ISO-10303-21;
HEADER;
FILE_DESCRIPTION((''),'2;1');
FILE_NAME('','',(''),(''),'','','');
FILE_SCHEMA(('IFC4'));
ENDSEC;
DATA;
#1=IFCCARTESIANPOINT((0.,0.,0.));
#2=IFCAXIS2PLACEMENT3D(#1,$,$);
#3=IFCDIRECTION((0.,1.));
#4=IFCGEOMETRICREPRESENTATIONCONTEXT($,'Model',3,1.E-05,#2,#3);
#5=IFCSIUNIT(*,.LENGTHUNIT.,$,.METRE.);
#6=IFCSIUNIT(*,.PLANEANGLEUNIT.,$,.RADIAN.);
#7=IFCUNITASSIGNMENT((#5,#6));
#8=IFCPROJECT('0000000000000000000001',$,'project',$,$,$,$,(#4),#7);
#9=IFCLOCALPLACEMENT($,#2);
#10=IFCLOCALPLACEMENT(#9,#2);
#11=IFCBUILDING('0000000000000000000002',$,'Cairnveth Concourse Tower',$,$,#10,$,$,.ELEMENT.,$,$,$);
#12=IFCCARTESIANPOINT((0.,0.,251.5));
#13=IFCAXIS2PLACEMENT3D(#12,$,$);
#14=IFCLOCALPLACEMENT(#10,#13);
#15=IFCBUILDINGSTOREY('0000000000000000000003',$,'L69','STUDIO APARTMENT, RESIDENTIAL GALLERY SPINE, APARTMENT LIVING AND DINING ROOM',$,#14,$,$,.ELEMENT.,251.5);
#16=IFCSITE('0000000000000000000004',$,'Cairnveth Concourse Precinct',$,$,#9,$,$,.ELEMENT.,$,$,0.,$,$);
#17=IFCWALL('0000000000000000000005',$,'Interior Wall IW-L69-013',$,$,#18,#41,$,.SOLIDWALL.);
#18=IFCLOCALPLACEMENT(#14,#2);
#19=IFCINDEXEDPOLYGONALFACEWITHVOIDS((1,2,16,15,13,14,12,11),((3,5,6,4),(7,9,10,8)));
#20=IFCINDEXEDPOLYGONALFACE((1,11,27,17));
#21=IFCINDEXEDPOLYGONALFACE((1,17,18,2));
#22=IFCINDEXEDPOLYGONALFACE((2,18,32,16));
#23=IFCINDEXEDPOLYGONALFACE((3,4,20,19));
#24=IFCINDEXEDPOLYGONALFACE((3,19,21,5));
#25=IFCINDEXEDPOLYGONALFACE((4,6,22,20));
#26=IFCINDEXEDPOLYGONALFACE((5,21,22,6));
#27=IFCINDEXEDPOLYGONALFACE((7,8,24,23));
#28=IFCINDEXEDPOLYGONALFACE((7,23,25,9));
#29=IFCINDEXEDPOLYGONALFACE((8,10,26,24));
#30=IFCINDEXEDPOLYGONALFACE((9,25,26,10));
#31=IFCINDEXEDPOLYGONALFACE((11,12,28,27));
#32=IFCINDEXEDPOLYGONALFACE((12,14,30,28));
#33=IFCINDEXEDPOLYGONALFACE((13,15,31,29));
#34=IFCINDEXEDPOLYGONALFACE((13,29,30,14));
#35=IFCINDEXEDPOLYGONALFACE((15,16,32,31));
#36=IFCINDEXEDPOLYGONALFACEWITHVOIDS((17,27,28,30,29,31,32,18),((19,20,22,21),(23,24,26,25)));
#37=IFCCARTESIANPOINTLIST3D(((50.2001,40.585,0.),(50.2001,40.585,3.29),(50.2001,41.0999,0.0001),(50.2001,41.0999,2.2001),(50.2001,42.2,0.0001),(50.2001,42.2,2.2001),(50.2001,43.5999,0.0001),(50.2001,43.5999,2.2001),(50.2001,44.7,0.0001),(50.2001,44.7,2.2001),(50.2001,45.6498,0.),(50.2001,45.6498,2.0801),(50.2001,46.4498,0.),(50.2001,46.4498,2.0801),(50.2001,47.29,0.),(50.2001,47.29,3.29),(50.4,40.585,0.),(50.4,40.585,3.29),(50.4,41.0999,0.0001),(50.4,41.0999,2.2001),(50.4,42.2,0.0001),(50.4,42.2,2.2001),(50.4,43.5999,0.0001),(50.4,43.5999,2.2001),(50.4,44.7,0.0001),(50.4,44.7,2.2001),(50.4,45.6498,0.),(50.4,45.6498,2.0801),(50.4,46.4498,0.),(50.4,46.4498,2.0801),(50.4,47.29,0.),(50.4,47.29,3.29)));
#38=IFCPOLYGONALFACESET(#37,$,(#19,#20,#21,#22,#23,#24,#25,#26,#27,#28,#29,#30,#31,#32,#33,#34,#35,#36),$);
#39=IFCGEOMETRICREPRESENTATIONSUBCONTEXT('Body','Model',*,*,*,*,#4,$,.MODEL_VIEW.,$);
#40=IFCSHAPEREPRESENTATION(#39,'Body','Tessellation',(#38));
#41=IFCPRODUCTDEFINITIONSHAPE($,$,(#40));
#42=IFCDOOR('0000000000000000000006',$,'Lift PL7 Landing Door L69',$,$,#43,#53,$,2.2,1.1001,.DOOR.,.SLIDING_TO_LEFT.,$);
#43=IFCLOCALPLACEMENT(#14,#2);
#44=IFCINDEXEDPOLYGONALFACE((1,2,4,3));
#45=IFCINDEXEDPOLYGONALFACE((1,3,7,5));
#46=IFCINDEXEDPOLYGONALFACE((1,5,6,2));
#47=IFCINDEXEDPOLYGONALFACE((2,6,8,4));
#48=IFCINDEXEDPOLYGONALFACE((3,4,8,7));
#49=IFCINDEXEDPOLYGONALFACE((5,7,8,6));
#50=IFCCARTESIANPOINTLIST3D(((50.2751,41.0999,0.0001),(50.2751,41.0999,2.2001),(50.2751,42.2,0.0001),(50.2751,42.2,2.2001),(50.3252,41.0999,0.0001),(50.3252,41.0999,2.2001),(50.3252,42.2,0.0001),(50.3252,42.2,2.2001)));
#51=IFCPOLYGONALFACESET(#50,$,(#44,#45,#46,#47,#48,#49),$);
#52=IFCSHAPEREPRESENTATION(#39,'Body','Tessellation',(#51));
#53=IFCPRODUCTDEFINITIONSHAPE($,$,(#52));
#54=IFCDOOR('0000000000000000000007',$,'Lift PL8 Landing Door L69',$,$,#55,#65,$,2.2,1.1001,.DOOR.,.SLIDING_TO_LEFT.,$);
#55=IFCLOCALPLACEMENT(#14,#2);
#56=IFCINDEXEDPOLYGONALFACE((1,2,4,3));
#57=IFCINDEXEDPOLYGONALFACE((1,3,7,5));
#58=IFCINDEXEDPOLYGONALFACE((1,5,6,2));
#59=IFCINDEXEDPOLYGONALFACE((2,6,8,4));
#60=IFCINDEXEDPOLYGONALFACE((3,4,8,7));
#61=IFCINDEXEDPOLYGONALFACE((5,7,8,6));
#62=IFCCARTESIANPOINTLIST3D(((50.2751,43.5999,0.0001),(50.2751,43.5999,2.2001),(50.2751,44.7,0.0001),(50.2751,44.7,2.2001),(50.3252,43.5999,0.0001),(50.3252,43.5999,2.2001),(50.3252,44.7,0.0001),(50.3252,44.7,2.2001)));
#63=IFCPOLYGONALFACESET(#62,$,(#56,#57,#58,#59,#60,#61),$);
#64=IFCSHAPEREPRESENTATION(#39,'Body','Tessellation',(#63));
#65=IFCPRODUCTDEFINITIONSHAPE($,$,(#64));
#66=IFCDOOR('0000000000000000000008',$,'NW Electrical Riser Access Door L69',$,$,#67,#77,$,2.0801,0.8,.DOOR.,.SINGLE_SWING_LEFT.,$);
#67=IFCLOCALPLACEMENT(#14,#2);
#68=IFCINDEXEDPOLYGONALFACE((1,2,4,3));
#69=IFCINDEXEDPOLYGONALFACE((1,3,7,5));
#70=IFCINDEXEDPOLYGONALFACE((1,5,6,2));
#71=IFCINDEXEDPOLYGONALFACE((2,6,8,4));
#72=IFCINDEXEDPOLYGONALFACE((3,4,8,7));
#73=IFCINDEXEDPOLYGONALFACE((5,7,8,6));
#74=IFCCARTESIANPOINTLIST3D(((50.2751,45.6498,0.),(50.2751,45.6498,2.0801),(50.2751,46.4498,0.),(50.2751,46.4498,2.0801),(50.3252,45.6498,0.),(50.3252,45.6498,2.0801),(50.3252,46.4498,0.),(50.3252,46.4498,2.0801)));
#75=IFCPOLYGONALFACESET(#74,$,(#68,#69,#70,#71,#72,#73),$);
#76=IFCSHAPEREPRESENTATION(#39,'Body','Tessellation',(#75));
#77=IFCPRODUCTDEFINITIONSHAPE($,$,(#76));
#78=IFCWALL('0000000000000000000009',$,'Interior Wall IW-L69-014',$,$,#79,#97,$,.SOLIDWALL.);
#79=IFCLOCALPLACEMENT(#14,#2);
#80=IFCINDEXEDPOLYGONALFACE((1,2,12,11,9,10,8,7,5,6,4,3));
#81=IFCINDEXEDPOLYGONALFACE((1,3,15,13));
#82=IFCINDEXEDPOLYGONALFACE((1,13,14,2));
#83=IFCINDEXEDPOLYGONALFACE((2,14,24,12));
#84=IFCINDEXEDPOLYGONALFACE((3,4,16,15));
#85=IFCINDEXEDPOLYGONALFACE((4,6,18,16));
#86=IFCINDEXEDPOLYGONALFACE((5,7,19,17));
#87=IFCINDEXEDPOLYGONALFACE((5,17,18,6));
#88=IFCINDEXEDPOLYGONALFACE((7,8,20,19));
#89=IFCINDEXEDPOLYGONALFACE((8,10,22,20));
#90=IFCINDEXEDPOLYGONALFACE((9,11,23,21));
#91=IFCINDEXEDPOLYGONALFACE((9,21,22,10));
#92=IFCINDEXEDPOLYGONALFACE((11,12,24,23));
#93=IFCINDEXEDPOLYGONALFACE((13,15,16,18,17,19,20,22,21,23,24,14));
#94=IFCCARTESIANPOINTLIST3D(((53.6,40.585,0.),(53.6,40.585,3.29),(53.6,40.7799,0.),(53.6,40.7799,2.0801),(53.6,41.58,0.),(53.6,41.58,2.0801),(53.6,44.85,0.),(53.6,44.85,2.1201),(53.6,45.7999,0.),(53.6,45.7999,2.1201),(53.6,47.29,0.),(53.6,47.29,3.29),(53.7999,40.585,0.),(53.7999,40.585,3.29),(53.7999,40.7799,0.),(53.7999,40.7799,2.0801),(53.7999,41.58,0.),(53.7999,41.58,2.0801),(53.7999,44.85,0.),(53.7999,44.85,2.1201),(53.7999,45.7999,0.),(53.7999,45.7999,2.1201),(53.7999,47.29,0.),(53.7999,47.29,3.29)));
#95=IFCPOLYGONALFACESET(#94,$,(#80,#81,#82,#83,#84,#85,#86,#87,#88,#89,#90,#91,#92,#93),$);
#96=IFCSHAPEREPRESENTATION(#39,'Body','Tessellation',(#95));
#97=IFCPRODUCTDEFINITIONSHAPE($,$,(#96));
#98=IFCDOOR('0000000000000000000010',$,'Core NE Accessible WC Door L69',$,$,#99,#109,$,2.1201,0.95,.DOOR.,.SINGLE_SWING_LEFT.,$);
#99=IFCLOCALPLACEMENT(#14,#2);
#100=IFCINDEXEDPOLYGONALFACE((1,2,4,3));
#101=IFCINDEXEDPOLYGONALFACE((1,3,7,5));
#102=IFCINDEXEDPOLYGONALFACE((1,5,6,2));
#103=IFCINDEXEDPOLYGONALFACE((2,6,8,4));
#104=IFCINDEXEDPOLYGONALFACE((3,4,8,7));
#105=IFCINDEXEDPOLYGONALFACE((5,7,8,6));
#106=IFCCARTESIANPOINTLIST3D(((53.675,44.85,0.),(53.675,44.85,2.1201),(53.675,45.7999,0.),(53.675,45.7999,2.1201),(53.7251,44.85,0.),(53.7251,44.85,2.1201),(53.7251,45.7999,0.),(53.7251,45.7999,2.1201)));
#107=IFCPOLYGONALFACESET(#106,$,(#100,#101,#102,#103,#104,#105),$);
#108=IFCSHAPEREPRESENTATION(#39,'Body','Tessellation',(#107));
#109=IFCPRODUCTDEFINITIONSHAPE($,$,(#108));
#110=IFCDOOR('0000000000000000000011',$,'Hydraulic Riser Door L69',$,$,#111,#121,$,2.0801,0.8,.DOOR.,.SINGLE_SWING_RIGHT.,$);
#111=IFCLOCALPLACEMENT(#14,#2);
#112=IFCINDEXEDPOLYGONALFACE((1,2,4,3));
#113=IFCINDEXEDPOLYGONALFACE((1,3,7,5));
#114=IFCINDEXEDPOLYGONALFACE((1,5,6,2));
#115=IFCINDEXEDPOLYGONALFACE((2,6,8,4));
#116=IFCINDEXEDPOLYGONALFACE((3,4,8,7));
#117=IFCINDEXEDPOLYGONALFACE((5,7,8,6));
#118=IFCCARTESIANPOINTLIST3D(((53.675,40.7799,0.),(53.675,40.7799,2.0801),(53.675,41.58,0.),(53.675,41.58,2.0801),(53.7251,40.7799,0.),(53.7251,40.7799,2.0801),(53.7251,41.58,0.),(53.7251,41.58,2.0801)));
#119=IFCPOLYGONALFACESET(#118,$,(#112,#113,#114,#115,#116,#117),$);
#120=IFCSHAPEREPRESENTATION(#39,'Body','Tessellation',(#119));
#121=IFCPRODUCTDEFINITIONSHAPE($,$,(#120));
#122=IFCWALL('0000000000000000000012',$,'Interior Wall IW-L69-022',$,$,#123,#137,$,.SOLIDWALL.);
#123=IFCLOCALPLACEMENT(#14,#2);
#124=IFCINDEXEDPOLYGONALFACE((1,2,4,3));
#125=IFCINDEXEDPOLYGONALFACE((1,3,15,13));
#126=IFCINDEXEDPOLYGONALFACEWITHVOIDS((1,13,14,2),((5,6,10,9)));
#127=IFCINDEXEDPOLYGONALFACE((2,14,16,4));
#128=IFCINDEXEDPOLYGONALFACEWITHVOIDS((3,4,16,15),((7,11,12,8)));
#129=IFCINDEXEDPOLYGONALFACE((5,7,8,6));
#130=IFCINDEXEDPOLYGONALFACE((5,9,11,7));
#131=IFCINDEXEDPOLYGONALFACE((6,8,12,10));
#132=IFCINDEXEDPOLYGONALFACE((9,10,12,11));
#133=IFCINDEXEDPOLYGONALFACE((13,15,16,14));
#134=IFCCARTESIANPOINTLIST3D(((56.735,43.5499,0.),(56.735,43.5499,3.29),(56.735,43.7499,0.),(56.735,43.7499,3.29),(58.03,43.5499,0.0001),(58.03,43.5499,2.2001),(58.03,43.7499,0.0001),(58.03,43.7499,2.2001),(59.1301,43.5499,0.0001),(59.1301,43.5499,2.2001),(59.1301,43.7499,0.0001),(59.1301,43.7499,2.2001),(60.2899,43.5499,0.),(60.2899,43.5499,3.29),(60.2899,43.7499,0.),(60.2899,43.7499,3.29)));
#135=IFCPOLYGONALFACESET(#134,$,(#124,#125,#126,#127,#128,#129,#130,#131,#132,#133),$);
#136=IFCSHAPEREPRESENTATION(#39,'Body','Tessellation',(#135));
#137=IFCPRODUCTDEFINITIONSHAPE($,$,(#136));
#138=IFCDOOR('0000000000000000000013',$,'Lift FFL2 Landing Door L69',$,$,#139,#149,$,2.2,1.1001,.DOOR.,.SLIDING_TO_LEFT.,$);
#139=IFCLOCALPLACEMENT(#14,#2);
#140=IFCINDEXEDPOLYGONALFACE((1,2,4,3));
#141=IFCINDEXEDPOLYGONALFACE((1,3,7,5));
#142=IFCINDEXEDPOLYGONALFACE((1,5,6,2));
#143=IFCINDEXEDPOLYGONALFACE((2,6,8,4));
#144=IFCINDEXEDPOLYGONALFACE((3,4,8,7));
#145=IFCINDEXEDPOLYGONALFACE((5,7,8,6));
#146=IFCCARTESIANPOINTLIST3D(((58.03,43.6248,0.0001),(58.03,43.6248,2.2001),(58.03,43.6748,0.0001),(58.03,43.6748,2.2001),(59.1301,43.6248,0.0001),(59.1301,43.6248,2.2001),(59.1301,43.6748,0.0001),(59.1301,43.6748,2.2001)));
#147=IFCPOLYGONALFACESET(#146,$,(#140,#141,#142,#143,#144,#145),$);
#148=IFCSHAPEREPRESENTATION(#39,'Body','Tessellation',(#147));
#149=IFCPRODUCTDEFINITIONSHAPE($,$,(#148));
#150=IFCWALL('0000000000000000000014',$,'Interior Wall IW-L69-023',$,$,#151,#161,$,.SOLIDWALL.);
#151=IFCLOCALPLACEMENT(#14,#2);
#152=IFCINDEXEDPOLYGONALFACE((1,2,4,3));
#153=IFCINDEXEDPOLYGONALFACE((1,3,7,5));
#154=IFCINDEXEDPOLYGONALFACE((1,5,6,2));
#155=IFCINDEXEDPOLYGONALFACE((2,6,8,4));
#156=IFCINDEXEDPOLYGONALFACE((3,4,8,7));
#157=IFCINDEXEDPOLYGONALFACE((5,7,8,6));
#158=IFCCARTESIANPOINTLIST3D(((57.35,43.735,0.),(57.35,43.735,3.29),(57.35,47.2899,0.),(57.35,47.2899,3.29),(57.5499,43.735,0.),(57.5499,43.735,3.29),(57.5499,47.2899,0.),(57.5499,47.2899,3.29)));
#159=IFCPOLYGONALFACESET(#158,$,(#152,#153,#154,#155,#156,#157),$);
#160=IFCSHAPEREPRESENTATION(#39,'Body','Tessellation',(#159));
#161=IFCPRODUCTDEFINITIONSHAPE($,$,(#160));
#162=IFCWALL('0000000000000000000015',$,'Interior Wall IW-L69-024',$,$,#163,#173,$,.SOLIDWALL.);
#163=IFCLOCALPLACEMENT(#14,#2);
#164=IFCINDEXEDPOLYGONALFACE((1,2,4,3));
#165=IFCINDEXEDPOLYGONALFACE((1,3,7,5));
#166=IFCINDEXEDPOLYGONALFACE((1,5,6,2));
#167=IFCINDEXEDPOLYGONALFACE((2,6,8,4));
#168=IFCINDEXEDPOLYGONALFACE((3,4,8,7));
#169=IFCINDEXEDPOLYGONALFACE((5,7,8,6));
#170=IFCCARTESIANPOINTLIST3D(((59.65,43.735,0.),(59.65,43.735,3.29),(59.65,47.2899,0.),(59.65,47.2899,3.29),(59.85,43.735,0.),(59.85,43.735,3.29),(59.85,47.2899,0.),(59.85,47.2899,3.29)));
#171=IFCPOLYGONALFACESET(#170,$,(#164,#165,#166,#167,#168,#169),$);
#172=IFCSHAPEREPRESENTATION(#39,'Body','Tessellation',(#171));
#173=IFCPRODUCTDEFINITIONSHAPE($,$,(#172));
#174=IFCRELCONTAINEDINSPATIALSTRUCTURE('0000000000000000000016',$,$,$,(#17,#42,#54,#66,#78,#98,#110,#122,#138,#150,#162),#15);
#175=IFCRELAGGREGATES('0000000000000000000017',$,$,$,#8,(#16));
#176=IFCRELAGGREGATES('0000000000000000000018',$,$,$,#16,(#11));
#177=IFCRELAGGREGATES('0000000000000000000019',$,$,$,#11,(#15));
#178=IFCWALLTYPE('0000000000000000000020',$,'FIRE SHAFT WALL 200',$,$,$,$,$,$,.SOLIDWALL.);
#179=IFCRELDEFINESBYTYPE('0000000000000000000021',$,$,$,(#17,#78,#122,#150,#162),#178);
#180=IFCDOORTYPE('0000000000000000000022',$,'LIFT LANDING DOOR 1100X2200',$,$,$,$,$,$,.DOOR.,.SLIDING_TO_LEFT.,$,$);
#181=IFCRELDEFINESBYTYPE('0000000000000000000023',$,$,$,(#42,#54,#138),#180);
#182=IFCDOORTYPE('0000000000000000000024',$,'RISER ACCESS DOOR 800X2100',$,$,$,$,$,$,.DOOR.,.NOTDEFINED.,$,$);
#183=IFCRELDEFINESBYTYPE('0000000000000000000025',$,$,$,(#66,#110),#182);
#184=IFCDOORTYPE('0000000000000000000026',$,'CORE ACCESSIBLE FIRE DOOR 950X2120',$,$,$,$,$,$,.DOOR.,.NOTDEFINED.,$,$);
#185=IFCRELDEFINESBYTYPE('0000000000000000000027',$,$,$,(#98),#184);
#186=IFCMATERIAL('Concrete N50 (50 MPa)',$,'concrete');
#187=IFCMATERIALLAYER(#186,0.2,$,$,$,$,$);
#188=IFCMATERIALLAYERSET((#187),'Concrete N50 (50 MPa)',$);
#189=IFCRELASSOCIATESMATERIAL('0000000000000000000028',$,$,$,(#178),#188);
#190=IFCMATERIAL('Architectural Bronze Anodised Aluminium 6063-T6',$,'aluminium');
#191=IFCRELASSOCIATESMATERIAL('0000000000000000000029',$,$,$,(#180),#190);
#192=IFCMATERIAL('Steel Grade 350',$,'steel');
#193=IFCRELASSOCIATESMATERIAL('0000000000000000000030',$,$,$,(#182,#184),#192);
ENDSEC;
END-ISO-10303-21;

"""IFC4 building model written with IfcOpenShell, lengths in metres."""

from ifc_helpers import new_model, si_unit, direction, frame, frame_2d, origin, place, context, subcontext, project, spatial, rectangle, extrude, material, layer, layer_set, type_object, element, fill, save


model = new_model("IFC4")

# Units and contexts
model_context = context("Model", 3, precision=1e-05, world=origin(), true_north=direction((0.0, 1.0)))
body_context = subcontext(model_context, "Body", "Model", "MODEL_VIEW")
ifc_project = project(units=[si_unit("LENGTHUNIT", "METRE"), si_unit("PLANEANGLEUNIT", "RADIAN")], contexts=[model_context])

# Site, building, storey
site_placement = place(None, origin())
site = spatial("IfcSite", under=ifc_project, at=site_placement, Name="Cairnveth Concourse Precinct", CompositionType="ELEMENT", RefElevation=0.0)
building_placement = place(site_placement, origin())
building = spatial("IfcBuilding", under=site, at=building_placement, Name="Cairnveth Concourse Tower", CompositionType="ELEMENT")
storey_placement = place(building_placement, frame((0.0, 0.0, 251.5)))
storey = spatial("IfcBuildingStorey", under=building, at=storey_placement, Name="L69", Description="STUDIO APARTMENT, RESIDENTIAL GALLERY SPINE, APARTMENT LIVING AND DINING ROOM", CompositionType="ELEMENT", Elevation=251.5)

# Shared definitions
ifc_material_1 = material(Name="Steel Grade 350", Category="steel")

# Shared definitions
ifc_material_2 = material(Name="Concrete N50 (50 MPa)", Category="concrete")
ifc_layer_1 = layer(ifc_material_2, 0.2)
ifc_layer_set_1 = layer_set([ifc_layer_1], Name="Concrete N50 (50 MPa)")
wall_type_1 = type_object("IfcWallType", Name="FIRE SHAFT WALL 200", PredefinedType="SOLIDWALL", material=ifc_layer_set_1)

# Walls, openings, doors
wall_1_placement = place(storey_placement, frame((50.3, 40.585, 0.0), z_axis=(0.0, 0.0, 1.0), x_axis=(0.0, 1.0, 0.0)))
wall_1 = element("IfcWall", 1, at=wall_1_placement, inside=storey, type_object=wall_type_1, Name="Interior Wall IW-L69-013", PredefinedType="SOLIDWALL", context=body_context, shape_type="SweptSolid", body=[
    extrude(rectangle(XDim=6.7051, YDim=0.2, at=frame_2d((3.3525, 0.0))), origin(), (0.0, 0.0, 1.0), 3.29),
])
opening_1_placement = place(wall_1_placement, frame((0.5149, 0.0, 0.0)))
opening_1 = element("IfcOpeningElement", 2, at=opening_1_placement, cuts=wall_1, PredefinedType="OPENING", context=body_context, shape_type="SweptSolid", body=[
    extrude(rectangle(XDim=1.1001, YDim=2.2, at=frame_2d((0.55, 1.1001))), frame((0.0, 0.1099, 0.0), z_axis=(0.0, -1.0, 0.0), x_axis=(1.0, 0.0, 0.0)), (0.0, 0.0, 1.0), 0.22),
])
opening_2_placement = place(wall_1_placement, frame((3.0149, 0.0, 0.0)))
opening_2 = element("IfcOpeningElement", 3, at=opening_2_placement, cuts=wall_1, PredefinedType="OPENING", context=body_context, shape_type="SweptSolid", body=[
    extrude(rectangle(XDim=1.1001, YDim=2.2, at=frame_2d((0.55, 1.1001))), frame((0.0, 0.1099, 0.0), z_axis=(0.0, -1.0, 0.0), x_axis=(1.0, 0.0, 0.0)), (0.0, 0.0, 1.0), 0.22),
])
opening_3_placement = place(wall_1_placement, frame((5.0649, 0.0, 0.0)))
opening_3 = element("IfcOpeningElement", 4, at=opening_3_placement, cuts=wall_1, PredefinedType="OPENING", context=body_context, shape_type="SweptSolid", body=[
    extrude(rectangle(XDim=0.8, YDim=2.0801, at=frame_2d((0.3999, 1.04))), frame((0.0, 0.1099, 0.0), z_axis=(0.0, -1.0, 0.0), x_axis=(1.0, 0.0, 0.0)), (0.0, 0.0, 1.0), 0.22),
])
ifc_material_3 = material(Name="Architectural Bronze Anodised Aluminium 6063-T6", Category="aluminium")
door_type_1 = type_object("IfcDoorType", Name="LIFT LANDING DOOR 1100X2200", OperationType="SLIDING_TO_LEFT", PredefinedType="DOOR", material=ifc_material_3)
door_1_placement = place(opening_1_placement, origin())
door_1 = element("IfcDoor", 5, at=door_1_placement, inside=storey, type_object=door_type_1, Name="Lift PL7 Landing Door L69", OperationType="SLIDING_TO_LEFT", OverallHeight=2.2, OverallWidth=1.1001, PredefinedType="DOOR", context=body_context, shape_type="SweptSolid", body=[
    extrude(rectangle(XDim=1.1001, YDim=2.2, at=frame_2d((0.55, 1.1001))), frame((0.0, 0.0249, 0.0), z_axis=(0.0, -1.0, 0.0), x_axis=(1.0, 0.0, 0.0)), (0.0, 0.0, 1.0), 0.05),
])
fill(opening_1, door_1)
door_2_placement = place(opening_2_placement, origin())
door_2 = element("IfcDoor", 6, at=door_2_placement, inside=storey, type_object=door_type_1, Name="Lift PL8 Landing Door L69", OperationType="SLIDING_TO_LEFT", OverallHeight=2.2, OverallWidth=1.1001, PredefinedType="DOOR", context=body_context, shape_type="SweptSolid", body=[
    extrude(rectangle(XDim=1.1001, YDim=2.2, at=frame_2d((0.55, 1.1001))), frame((0.0, 0.0249, 0.0), z_axis=(0.0, -1.0, 0.0), x_axis=(1.0, 0.0, 0.0)), (0.0, 0.0, 1.0), 0.05),
])
fill(opening_2, door_2)
door_type_2 = type_object("IfcDoorType", Name="RISER ACCESS DOOR 800X2100", OperationType="NOTDEFINED", PredefinedType="DOOR", material=ifc_material_1)
door_3_placement = place(opening_3_placement, origin())
door_3 = element("IfcDoor", 7, at=door_3_placement, inside=storey, type_object=door_type_2, Name="NW Electrical Riser Access Door L69", OperationType="SINGLE_SWING_LEFT", OverallHeight=2.0801, OverallWidth=0.8, PredefinedType="DOOR", context=body_context, shape_type="SweptSolid", body=[
    extrude(rectangle(XDim=0.8, YDim=2.0801, at=frame_2d((0.3999, 1.04))), frame((0.0, 0.0249, 0.0), z_axis=(0.0, -1.0, 0.0), x_axis=(1.0, 0.0, 0.0)), (0.0, 0.0, 1.0), 0.05),
])
fill(opening_3, door_3)
wall_2_placement = place(storey_placement, frame((53.7, 40.585, 0.0), z_axis=(0.0, 0.0, 1.0), x_axis=(0.0, 1.0, 0.0)))
wall_2 = element("IfcWall", 8, at=wall_2_placement, inside=storey, type_object=wall_type_1, Name="Interior Wall IW-L69-014", PredefinedType="SOLIDWALL", context=body_context, shape_type="SweptSolid", body=[
    extrude(rectangle(XDim=6.7051, YDim=0.2, at=frame_2d((3.3525, 0.0))), origin(), (0.0, 0.0, 1.0), 3.29),
])
opening_4_placement = place(wall_2_placement, frame((0.1951, 0.0, 0.0)))
opening_4 = element("IfcOpeningElement", 9, at=opening_4_placement, cuts=wall_2, PredefinedType="OPENING", context=body_context, shape_type="SweptSolid", body=[
    extrude(rectangle(XDim=0.8, YDim=2.0801, at=frame_2d((0.3999, 1.04))), frame((0.0, 0.1099, 0.0), z_axis=(0.0, -1.0, 0.0), x_axis=(1.0, 0.0, 0.0)), (0.0, 0.0, 1.0), 0.22),
])
opening_5_placement = place(wall_2_placement, frame((4.2649, 0.0, 0.0)))
opening_5 = element("IfcOpeningElement", 10, at=opening_5_placement, cuts=wall_2, PredefinedType="OPENING", context=body_context, shape_type="SweptSolid", body=[
    extrude(rectangle(XDim=0.95, YDim=2.1201, at=frame_2d((0.4751, 1.0601))), frame((0.0, 0.1099, 0.0), z_axis=(0.0, -1.0, 0.0), x_axis=(1.0, 0.0, 0.0)), (0.0, 0.0, 1.0), 0.22),
])
door_type_3 = type_object("IfcDoorType", Name="CORE ACCESSIBLE FIRE DOOR 950X2120", OperationType="NOTDEFINED", PredefinedType="DOOR", material=ifc_material_1)
door_4_placement = place(opening_5_placement, origin())
door_4 = element("IfcDoor", 11, at=door_4_placement, inside=storey, type_object=door_type_3, Name="Core NE Accessible WC Door L69", OperationType="SINGLE_SWING_LEFT", OverallHeight=2.1201, OverallWidth=0.95, PredefinedType="DOOR", context=body_context, shape_type="SweptSolid", body=[
    extrude(rectangle(XDim=0.95, YDim=2.1201, at=frame_2d((0.4751, 1.0601))), frame((0.0, 0.0249, 0.0), z_axis=(0.0, -1.0, 0.0), x_axis=(1.0, 0.0, 0.0)), (0.0, 0.0, 1.0), 0.05),
])
fill(opening_5, door_4)
door_5_placement = place(opening_4_placement, origin())
door_5 = element("IfcDoor", 12, at=door_5_placement, inside=storey, type_object=door_type_2, Name="Hydraulic Riser Door L69", OperationType="SINGLE_SWING_RIGHT", OverallHeight=2.0801, OverallWidth=0.8, PredefinedType="DOOR", context=body_context, shape_type="SweptSolid", body=[
    extrude(rectangle(XDim=0.8, YDim=2.0801, at=frame_2d((0.3999, 1.04))), frame((0.0, 0.0249, 0.0), z_axis=(0.0, -1.0, 0.0), x_axis=(1.0, 0.0, 0.0)), (0.0, 0.0, 1.0), 0.05),
])
fill(opening_4, door_5)

# Wall, opening, door
wall_3_placement = place(storey_placement, frame((56.7351, 43.6499, 0.0), z_axis=(0.0, 0.0, 1.0), x_axis=(1.0, 0.0, 0.0)))
wall_3 = element("IfcWall", 13, at=wall_3_placement, inside=storey, type_object=wall_type_1, Name="Interior Wall IW-L69-022", PredefinedType="SOLIDWALL", context=body_context, shape_type="SweptSolid", body=[
    extrude(rectangle(XDim=3.5549, YDim=0.2, at=frame_2d((1.7773, 0.0))), origin(), (0.0, 0.0, 1.0), 3.29),
])
opening_6_placement = place(wall_3_placement, frame((1.2949, 0.0, 0.0)))
opening_6 = element("IfcOpeningElement", 14, at=opening_6_placement, cuts=wall_3, PredefinedType="OPENING", context=body_context, shape_type="SweptSolid", body=[
    extrude(rectangle(XDim=1.1001, YDim=2.2, at=frame_2d((0.55, 1.1001))), frame((0.0, 0.1099, 0.0), z_axis=(0.0, -1.0, 0.0), x_axis=(1.0, 0.0, 0.0)), (0.0, 0.0, 1.0), 0.22),
])
door_6_placement = place(opening_6_placement, origin())
door_6 = element("IfcDoor", 15, at=door_6_placement, inside=storey, type_object=door_type_1, Name="Lift FFL2 Landing Door L69", OperationType="SLIDING_TO_LEFT", OverallHeight=2.2, OverallWidth=1.1001, PredefinedType="DOOR", context=body_context, shape_type="SweptSolid", body=[
    extrude(rectangle(XDim=1.1001, YDim=2.2, at=frame_2d((0.55, 1.1001))), frame((0.0, 0.0249, 0.0), z_axis=(0.0, -1.0, 0.0), x_axis=(1.0, 0.0, 0.0)), (0.0, 0.0, 1.0), 0.05),
])
fill(opening_6, door_6)

# Walls
for number, where, z_axis, x_axis, name in (
    (16, (57.45, 43.7351, 0.0), (0.0, 0.0, 1.0), (0.0, 1.0, 0.0), "Interior Wall IW-L69-023"),
    (17, (59.75, 43.7351, 0.0), (0.0, 0.0, 1.0), (0.0, 1.0, 0.0), "Interior Wall IW-L69-024"),
):
    element("IfcWall", number, at=place(storey_placement, frame(where, z_axis=z_axis, x_axis=x_axis)), inside=storey, type_object=wall_type_1, Name=name, PredefinedType="SOLIDWALL", context=body_context, shape_type="SweptSolid", body=[
        extrude(rectangle(XDim=3.5549, YDim=0.2, at=frame_2d((1.7773, 0.0))), origin(), (0.0, 0.0, 1.0), 3.29),
    ])

save(model, "model.ifc")
